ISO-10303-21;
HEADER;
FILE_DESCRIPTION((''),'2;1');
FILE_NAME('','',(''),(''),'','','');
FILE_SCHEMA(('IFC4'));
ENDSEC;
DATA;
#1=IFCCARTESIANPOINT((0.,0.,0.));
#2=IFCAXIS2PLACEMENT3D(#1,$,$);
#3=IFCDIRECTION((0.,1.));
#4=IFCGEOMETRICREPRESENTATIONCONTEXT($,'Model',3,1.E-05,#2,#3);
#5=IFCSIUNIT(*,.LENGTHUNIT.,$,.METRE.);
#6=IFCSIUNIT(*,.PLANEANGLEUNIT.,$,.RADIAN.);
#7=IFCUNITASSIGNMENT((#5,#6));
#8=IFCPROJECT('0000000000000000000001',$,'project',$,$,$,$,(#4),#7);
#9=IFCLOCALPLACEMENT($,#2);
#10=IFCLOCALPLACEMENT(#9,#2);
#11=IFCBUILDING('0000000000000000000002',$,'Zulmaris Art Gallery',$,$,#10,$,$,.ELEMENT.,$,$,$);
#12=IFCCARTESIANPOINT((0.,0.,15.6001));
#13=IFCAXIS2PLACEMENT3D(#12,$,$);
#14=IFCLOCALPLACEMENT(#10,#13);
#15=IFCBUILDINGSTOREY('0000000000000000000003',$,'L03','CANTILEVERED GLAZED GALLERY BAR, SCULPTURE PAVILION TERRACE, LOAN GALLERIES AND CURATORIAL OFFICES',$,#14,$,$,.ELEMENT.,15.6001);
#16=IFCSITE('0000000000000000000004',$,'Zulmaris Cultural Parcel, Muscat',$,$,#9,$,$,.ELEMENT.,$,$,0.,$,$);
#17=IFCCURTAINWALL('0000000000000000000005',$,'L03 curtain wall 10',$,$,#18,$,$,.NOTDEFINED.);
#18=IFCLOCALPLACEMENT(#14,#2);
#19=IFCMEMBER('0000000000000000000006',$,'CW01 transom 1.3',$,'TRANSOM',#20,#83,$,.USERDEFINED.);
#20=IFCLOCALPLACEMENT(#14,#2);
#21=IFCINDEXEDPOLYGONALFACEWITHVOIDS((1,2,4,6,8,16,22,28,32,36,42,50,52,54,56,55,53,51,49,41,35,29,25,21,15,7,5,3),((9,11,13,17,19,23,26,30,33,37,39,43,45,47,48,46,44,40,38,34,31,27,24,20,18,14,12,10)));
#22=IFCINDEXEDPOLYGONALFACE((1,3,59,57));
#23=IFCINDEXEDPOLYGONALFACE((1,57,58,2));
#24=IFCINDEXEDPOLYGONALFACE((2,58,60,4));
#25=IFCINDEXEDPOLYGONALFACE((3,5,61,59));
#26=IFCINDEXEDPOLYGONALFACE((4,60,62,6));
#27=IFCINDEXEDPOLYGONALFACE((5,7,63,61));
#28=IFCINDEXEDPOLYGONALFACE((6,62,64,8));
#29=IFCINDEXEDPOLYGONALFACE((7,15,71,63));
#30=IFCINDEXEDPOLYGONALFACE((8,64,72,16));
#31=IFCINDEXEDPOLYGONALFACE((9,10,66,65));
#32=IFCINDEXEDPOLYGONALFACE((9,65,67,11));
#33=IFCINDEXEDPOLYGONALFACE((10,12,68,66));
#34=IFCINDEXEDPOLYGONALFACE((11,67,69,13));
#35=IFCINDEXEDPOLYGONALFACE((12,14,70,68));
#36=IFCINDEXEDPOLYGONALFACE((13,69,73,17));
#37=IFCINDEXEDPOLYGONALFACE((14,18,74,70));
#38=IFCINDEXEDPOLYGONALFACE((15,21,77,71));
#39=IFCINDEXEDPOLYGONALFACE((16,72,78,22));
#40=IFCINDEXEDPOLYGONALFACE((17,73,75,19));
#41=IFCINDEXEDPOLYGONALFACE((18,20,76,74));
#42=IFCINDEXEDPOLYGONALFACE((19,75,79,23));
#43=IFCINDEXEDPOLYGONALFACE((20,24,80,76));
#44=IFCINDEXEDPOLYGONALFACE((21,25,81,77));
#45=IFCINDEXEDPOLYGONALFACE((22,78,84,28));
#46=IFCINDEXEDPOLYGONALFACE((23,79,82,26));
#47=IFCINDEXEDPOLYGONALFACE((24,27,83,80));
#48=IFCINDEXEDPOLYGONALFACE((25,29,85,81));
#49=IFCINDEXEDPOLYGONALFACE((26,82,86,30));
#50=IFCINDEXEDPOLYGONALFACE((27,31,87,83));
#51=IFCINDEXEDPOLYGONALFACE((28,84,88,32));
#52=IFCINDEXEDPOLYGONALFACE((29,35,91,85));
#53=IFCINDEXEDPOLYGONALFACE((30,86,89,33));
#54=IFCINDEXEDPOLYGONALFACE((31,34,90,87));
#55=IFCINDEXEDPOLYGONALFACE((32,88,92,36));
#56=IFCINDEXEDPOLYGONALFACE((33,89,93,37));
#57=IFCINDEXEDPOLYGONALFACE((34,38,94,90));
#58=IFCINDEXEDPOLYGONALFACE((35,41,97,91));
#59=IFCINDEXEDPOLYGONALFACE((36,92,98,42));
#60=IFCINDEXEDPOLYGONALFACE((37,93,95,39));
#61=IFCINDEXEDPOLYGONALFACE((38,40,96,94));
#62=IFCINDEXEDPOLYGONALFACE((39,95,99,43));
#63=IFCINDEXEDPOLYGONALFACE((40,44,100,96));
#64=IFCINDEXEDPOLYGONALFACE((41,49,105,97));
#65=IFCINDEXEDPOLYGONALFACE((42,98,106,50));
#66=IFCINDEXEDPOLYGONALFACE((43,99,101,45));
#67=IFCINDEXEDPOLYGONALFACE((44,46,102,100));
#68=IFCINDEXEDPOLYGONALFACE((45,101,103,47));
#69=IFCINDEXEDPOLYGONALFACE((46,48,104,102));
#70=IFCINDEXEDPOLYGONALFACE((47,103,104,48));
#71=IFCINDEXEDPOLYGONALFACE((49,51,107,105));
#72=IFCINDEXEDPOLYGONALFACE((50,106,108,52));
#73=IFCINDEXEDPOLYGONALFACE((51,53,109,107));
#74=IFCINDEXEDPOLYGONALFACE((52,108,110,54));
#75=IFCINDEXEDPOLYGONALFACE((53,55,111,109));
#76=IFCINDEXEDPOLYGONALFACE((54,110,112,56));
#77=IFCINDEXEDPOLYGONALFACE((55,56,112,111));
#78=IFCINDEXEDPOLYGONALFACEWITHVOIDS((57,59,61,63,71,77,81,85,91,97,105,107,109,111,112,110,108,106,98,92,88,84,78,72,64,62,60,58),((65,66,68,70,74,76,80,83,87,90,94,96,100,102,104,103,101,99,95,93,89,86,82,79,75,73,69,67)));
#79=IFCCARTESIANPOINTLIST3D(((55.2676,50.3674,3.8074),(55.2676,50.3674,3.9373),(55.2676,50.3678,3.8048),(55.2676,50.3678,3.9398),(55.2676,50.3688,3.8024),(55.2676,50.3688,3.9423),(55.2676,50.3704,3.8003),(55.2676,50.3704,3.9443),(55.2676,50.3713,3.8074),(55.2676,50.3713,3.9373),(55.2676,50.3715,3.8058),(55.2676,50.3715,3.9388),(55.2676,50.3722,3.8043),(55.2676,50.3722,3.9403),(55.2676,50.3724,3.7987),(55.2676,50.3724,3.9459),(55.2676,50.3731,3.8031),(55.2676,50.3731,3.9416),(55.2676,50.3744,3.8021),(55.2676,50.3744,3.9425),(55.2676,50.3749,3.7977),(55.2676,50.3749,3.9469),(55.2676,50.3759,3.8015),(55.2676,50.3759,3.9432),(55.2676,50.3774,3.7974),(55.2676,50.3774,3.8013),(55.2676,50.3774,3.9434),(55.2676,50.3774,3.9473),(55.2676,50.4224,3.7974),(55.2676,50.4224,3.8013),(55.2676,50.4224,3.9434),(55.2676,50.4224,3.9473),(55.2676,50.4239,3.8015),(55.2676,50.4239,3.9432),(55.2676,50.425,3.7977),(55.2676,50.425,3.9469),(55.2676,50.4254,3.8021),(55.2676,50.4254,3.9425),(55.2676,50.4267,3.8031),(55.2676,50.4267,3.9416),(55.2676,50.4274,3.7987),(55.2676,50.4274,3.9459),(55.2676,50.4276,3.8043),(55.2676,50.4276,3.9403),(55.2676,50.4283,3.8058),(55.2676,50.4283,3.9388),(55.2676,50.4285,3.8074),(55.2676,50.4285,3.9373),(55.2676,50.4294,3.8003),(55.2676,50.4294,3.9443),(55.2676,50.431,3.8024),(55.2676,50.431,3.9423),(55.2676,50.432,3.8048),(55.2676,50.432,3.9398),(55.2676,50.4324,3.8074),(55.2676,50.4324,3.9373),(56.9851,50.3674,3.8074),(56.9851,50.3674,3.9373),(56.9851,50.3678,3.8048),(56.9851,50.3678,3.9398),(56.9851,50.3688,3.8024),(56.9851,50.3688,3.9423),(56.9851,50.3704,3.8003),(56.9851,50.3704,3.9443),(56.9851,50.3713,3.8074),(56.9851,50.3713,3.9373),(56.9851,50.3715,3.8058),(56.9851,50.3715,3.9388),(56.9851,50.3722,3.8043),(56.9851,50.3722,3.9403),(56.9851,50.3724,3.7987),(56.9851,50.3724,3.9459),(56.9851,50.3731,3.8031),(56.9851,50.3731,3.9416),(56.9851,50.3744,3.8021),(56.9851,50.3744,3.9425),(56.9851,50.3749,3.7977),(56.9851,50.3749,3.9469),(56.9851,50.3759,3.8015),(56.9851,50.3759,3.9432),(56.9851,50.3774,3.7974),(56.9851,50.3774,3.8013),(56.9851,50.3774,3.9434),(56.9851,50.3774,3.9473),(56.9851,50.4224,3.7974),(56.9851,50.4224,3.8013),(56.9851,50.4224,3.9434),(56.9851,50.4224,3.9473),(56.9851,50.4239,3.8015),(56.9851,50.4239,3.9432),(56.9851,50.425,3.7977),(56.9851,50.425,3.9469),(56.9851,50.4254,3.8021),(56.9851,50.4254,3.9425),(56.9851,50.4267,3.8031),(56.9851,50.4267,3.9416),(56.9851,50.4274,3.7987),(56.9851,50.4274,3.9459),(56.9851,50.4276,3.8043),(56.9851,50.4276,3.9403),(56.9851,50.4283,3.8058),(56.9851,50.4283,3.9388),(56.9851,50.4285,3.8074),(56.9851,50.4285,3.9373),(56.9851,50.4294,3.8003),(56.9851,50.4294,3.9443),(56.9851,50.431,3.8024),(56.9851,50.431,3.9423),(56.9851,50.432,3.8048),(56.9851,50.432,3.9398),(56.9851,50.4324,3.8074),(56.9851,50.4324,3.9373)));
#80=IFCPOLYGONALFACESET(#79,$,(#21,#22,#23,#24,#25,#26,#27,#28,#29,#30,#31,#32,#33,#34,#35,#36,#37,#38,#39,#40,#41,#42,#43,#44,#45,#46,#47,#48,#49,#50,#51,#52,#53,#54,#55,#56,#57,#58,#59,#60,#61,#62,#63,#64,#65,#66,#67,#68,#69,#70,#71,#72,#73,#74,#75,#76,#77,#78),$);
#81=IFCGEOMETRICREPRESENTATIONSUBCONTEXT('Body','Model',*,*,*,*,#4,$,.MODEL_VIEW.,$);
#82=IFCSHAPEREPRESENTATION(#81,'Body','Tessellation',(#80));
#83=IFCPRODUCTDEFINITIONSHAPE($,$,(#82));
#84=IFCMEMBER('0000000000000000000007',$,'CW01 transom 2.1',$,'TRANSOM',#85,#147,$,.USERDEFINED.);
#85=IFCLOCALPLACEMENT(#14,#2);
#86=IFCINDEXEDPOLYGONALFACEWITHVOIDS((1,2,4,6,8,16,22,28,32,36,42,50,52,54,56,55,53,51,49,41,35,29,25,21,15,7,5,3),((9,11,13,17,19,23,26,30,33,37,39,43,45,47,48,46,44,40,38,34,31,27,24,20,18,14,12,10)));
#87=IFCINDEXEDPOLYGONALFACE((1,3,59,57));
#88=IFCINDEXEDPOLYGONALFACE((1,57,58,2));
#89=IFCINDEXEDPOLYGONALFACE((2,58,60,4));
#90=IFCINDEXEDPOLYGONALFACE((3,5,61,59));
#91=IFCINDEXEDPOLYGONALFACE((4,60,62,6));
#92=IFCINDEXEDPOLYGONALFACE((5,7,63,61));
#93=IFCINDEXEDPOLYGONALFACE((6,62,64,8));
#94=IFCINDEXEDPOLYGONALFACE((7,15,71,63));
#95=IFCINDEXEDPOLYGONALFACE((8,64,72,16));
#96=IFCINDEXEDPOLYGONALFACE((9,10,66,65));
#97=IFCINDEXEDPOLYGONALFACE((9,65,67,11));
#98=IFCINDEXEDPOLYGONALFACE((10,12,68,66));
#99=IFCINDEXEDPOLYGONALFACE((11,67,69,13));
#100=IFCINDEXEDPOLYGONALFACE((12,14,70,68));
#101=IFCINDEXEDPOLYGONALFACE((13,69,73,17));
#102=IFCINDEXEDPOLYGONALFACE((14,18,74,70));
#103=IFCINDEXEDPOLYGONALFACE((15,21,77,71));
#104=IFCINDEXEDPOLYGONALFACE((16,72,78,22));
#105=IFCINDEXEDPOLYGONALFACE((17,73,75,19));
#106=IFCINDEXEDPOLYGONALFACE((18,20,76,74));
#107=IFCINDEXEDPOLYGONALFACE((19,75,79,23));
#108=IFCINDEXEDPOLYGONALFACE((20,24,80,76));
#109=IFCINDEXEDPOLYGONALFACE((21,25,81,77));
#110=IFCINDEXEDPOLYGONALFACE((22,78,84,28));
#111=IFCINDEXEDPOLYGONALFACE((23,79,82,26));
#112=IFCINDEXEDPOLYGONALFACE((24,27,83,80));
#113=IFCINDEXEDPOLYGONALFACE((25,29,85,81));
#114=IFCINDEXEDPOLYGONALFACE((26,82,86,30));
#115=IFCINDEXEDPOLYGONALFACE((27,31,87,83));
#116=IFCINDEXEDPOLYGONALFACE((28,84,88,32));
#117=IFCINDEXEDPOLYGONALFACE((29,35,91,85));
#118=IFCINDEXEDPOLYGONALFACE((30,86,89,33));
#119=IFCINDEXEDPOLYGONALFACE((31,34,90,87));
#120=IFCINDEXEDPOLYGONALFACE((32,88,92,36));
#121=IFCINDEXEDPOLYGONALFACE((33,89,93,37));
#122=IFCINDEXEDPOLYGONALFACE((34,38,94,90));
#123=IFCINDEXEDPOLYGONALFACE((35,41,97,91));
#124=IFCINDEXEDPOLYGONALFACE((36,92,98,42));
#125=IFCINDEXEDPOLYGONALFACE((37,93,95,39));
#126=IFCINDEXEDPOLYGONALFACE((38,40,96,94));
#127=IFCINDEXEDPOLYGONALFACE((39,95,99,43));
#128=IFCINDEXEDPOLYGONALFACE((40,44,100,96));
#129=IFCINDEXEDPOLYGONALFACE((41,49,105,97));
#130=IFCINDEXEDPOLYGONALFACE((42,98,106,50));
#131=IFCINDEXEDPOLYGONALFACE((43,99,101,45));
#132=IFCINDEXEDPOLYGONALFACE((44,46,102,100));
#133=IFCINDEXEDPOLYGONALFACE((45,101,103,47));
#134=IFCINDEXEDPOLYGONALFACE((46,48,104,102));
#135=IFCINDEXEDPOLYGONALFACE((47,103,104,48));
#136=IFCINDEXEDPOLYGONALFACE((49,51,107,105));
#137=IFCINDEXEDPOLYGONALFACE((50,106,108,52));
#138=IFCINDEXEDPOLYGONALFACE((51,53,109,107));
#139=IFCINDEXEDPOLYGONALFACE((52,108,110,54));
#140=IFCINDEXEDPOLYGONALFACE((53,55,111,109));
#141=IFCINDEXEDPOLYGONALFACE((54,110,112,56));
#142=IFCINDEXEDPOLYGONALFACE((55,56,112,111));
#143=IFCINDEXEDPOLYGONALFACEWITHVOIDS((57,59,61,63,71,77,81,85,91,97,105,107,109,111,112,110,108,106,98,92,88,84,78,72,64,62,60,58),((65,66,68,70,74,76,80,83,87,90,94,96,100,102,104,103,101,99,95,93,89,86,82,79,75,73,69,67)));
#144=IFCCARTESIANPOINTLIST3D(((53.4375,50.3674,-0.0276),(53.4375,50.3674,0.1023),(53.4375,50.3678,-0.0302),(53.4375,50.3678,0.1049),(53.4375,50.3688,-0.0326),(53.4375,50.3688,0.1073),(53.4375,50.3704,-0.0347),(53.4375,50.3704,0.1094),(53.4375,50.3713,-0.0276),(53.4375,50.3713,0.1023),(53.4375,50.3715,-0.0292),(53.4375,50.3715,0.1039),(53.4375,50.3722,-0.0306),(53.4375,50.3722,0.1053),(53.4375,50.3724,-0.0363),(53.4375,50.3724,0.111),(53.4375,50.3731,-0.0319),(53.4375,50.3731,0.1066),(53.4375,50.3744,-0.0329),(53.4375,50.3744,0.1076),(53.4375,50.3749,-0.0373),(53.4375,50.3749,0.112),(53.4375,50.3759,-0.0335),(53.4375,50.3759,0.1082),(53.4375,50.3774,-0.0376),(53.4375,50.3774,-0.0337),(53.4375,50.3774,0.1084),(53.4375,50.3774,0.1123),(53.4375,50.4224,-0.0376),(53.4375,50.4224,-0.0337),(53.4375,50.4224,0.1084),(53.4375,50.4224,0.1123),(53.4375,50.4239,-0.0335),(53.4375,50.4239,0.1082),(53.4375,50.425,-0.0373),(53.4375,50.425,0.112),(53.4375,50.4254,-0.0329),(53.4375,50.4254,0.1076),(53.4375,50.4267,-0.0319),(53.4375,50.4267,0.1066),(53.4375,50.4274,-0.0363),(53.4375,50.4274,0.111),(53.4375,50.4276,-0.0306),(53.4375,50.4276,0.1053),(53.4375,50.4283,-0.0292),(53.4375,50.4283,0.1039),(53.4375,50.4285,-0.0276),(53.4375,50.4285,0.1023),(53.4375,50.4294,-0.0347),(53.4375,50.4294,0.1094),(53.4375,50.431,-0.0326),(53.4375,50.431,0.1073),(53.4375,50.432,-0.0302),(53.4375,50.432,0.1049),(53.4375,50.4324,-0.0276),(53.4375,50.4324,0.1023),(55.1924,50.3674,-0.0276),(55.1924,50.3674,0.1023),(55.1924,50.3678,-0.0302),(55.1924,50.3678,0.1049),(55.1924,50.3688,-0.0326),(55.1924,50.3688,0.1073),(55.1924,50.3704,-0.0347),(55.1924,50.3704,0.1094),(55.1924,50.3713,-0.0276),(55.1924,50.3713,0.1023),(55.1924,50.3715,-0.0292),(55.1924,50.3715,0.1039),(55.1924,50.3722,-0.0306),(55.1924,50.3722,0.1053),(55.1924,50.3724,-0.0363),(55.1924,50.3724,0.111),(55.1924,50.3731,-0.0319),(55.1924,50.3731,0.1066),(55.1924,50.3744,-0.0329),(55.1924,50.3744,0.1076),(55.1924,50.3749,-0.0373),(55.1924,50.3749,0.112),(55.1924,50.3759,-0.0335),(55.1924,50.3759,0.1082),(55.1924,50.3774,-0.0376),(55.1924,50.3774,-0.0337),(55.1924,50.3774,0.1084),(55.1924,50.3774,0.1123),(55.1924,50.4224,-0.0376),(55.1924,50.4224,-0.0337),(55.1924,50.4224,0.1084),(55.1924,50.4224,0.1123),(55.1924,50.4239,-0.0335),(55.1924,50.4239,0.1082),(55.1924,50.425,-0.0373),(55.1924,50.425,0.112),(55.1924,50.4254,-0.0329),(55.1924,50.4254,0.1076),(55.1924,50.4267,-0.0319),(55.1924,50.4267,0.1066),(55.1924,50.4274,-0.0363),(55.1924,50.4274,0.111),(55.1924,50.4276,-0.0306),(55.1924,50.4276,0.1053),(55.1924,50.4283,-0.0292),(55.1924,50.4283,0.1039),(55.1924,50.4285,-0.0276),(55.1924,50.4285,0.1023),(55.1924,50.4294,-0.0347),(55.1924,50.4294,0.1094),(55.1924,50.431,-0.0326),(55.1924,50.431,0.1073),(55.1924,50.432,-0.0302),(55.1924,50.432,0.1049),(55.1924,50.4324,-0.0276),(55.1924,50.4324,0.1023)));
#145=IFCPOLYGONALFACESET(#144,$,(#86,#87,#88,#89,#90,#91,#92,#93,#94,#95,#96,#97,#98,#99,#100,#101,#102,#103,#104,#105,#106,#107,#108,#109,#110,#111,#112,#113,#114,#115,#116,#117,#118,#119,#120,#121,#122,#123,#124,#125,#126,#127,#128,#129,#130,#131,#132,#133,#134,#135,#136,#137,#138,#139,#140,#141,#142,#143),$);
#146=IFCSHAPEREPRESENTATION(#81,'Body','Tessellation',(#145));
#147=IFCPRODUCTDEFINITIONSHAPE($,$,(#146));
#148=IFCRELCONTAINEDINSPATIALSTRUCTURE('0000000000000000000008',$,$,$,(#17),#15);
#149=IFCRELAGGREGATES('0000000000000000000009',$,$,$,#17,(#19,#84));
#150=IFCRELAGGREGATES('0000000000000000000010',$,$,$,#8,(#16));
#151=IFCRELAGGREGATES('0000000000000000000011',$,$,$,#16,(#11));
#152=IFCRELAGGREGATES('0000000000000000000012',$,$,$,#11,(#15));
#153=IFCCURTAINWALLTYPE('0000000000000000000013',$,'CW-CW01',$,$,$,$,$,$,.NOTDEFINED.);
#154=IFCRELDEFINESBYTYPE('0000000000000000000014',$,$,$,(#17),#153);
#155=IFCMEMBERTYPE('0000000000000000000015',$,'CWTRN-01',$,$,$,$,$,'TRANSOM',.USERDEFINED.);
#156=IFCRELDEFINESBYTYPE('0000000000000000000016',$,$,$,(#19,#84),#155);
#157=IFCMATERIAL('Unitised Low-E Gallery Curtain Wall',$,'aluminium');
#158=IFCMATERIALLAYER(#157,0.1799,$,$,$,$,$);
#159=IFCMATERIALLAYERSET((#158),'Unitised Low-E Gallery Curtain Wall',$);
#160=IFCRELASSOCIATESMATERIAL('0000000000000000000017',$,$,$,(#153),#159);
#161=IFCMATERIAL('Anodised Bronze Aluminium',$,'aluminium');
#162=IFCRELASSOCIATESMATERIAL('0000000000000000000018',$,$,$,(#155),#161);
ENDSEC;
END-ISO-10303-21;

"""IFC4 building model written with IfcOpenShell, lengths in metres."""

from ifc_helpers import new_model, si_unit, direction, frame, origin, origin_2d, place, context, subcontext, project, spatial, hollow_rectangle, extrude, material, layer, layer_set, material_profile, profile_set, type_object, element, aggregate, save


model = new_model("IFC4")

# Units and contexts
model_context = context("Model", 3, precision=1e-05, world=origin(), true_north=direction((0.0, 1.0)))
body_context = subcontext(model_context, "Body", "Model", "MODEL_VIEW")
ifc_project = project(units=[si_unit("LENGTHUNIT", "METRE"), si_unit("PLANEANGLEUNIT", "RADIAN")], contexts=[model_context])

# Site, building, storey
site_placement = place(None, origin())
site = spatial("IfcSite", under=ifc_project, at=site_placement, Name="Zulmaris Cultural Parcel, Muscat", CompositionType="ELEMENT", RefElevation=0.0)
building_placement = place(site_placement, origin())
building = spatial("IfcBuilding", under=site, at=building_placement, Name="Zulmaris Art Gallery", CompositionType="ELEMENT")
storey_placement = place(building_placement, frame((0.0, 0.0, 15.6001)))
storey = spatial("IfcBuildingStorey", under=building, at=storey_placement, Name="L03", Description="CANTILEVERED GLAZED GALLERY BAR, SCULPTURE PAVILION TERRACE, LOAN GALLERIES AND CURATORIAL OFFICES", CompositionType="ELEMENT", Elevation=15.6001)

# Curtain wall
ifc_material_1 = material(Name="Unitised Low-E Gallery Curtain Wall", Category="aluminium")
ifc_layer_1 = layer(ifc_material_1, 0.1799)
ifc_layer_set_1 = layer_set([ifc_layer_1], Name="Unitised Low-E Gallery Curtain Wall")
curtain_wall_type = type_object("IfcCurtainWallType", Name="CW-CW01", PredefinedType="NOTDEFINED", material=ifc_layer_set_1)
curtain_wall_1_placement = place(storey_placement, origin())
curtain_wall_1 = element("IfcCurtainWall", 1, at=curtain_wall_1_placement, inside=storey, type_object=curtain_wall_type, Name="L03 curtain wall 10", PredefinedType="NOTDEFINED")
ifc_material_2 = material(Name="Anodised Bronze Aluminium", Category="aluminium")

# Members
ifc_material_profile_1 = material_profile(ifc_material_2, hollow_rectangle(XDim=0.0649, YDim=0.1499, WallThickness=0.0039, InnerFilletRadius=0.0061, OuterFilletRadius=0.01, at=origin_2d()), Name="ALU 65x150x4")
ifc_profile_set_1 = profile_set([ifc_material_profile_1], Name="Anodised Bronze Aluminium")
member_type_1 = type_object("IfcMemberType", Name="CWTRN-01", ElementType="TRANSOM", PredefinedType="USERDEFINED", material=ifc_profile_set_1)
member_1_placement = place(storey_placement, frame((56.9851, 50.3999, 3.8723), z_axis=(-1.0, 0.0, 0.0), x_axis=(0.0, -1.0, 0.0)))
member_1 = element("IfcMember", 2, at=member_1_placement, type_object=member_type_1, Name="CW01 transom 1.3", ObjectType="TRANSOM", PredefinedType="USERDEFINED", context=body_context, shape_type="SweptSolid", body=[
    extrude(hollow_rectangle(XDim=0.0649, YDim=0.1499, WallThickness=0.0039, InnerFilletRadius=0.0061, OuterFilletRadius=0.01, at=origin_2d()), origin(), (0.0, 0.0, 1.0), 1.7175),
])
member_2_placement = place(storey_placement, frame((55.1924, 50.3999, 0.0374), z_axis=(-1.0, 0.0, 0.0), x_axis=(0.0, -1.0, 0.0)))
member_2 = element("IfcMember", 3, at=member_2_placement, type_object=member_type_1, Name="CW01 transom 2.1", ObjectType="TRANSOM", PredefinedType="USERDEFINED", context=body_context, shape_type="SweptSolid", body=[
    extrude(hollow_rectangle(XDim=0.0649, YDim=0.1499, WallThickness=0.0039, InnerFilletRadius=0.0061, OuterFilletRadius=0.01, at=origin_2d()), origin(), (0.0, 0.0, 1.0), 1.7549),
])

aggregate(curtain_wall_1, [member_1, member_2])

save(model, "model.ifc")
